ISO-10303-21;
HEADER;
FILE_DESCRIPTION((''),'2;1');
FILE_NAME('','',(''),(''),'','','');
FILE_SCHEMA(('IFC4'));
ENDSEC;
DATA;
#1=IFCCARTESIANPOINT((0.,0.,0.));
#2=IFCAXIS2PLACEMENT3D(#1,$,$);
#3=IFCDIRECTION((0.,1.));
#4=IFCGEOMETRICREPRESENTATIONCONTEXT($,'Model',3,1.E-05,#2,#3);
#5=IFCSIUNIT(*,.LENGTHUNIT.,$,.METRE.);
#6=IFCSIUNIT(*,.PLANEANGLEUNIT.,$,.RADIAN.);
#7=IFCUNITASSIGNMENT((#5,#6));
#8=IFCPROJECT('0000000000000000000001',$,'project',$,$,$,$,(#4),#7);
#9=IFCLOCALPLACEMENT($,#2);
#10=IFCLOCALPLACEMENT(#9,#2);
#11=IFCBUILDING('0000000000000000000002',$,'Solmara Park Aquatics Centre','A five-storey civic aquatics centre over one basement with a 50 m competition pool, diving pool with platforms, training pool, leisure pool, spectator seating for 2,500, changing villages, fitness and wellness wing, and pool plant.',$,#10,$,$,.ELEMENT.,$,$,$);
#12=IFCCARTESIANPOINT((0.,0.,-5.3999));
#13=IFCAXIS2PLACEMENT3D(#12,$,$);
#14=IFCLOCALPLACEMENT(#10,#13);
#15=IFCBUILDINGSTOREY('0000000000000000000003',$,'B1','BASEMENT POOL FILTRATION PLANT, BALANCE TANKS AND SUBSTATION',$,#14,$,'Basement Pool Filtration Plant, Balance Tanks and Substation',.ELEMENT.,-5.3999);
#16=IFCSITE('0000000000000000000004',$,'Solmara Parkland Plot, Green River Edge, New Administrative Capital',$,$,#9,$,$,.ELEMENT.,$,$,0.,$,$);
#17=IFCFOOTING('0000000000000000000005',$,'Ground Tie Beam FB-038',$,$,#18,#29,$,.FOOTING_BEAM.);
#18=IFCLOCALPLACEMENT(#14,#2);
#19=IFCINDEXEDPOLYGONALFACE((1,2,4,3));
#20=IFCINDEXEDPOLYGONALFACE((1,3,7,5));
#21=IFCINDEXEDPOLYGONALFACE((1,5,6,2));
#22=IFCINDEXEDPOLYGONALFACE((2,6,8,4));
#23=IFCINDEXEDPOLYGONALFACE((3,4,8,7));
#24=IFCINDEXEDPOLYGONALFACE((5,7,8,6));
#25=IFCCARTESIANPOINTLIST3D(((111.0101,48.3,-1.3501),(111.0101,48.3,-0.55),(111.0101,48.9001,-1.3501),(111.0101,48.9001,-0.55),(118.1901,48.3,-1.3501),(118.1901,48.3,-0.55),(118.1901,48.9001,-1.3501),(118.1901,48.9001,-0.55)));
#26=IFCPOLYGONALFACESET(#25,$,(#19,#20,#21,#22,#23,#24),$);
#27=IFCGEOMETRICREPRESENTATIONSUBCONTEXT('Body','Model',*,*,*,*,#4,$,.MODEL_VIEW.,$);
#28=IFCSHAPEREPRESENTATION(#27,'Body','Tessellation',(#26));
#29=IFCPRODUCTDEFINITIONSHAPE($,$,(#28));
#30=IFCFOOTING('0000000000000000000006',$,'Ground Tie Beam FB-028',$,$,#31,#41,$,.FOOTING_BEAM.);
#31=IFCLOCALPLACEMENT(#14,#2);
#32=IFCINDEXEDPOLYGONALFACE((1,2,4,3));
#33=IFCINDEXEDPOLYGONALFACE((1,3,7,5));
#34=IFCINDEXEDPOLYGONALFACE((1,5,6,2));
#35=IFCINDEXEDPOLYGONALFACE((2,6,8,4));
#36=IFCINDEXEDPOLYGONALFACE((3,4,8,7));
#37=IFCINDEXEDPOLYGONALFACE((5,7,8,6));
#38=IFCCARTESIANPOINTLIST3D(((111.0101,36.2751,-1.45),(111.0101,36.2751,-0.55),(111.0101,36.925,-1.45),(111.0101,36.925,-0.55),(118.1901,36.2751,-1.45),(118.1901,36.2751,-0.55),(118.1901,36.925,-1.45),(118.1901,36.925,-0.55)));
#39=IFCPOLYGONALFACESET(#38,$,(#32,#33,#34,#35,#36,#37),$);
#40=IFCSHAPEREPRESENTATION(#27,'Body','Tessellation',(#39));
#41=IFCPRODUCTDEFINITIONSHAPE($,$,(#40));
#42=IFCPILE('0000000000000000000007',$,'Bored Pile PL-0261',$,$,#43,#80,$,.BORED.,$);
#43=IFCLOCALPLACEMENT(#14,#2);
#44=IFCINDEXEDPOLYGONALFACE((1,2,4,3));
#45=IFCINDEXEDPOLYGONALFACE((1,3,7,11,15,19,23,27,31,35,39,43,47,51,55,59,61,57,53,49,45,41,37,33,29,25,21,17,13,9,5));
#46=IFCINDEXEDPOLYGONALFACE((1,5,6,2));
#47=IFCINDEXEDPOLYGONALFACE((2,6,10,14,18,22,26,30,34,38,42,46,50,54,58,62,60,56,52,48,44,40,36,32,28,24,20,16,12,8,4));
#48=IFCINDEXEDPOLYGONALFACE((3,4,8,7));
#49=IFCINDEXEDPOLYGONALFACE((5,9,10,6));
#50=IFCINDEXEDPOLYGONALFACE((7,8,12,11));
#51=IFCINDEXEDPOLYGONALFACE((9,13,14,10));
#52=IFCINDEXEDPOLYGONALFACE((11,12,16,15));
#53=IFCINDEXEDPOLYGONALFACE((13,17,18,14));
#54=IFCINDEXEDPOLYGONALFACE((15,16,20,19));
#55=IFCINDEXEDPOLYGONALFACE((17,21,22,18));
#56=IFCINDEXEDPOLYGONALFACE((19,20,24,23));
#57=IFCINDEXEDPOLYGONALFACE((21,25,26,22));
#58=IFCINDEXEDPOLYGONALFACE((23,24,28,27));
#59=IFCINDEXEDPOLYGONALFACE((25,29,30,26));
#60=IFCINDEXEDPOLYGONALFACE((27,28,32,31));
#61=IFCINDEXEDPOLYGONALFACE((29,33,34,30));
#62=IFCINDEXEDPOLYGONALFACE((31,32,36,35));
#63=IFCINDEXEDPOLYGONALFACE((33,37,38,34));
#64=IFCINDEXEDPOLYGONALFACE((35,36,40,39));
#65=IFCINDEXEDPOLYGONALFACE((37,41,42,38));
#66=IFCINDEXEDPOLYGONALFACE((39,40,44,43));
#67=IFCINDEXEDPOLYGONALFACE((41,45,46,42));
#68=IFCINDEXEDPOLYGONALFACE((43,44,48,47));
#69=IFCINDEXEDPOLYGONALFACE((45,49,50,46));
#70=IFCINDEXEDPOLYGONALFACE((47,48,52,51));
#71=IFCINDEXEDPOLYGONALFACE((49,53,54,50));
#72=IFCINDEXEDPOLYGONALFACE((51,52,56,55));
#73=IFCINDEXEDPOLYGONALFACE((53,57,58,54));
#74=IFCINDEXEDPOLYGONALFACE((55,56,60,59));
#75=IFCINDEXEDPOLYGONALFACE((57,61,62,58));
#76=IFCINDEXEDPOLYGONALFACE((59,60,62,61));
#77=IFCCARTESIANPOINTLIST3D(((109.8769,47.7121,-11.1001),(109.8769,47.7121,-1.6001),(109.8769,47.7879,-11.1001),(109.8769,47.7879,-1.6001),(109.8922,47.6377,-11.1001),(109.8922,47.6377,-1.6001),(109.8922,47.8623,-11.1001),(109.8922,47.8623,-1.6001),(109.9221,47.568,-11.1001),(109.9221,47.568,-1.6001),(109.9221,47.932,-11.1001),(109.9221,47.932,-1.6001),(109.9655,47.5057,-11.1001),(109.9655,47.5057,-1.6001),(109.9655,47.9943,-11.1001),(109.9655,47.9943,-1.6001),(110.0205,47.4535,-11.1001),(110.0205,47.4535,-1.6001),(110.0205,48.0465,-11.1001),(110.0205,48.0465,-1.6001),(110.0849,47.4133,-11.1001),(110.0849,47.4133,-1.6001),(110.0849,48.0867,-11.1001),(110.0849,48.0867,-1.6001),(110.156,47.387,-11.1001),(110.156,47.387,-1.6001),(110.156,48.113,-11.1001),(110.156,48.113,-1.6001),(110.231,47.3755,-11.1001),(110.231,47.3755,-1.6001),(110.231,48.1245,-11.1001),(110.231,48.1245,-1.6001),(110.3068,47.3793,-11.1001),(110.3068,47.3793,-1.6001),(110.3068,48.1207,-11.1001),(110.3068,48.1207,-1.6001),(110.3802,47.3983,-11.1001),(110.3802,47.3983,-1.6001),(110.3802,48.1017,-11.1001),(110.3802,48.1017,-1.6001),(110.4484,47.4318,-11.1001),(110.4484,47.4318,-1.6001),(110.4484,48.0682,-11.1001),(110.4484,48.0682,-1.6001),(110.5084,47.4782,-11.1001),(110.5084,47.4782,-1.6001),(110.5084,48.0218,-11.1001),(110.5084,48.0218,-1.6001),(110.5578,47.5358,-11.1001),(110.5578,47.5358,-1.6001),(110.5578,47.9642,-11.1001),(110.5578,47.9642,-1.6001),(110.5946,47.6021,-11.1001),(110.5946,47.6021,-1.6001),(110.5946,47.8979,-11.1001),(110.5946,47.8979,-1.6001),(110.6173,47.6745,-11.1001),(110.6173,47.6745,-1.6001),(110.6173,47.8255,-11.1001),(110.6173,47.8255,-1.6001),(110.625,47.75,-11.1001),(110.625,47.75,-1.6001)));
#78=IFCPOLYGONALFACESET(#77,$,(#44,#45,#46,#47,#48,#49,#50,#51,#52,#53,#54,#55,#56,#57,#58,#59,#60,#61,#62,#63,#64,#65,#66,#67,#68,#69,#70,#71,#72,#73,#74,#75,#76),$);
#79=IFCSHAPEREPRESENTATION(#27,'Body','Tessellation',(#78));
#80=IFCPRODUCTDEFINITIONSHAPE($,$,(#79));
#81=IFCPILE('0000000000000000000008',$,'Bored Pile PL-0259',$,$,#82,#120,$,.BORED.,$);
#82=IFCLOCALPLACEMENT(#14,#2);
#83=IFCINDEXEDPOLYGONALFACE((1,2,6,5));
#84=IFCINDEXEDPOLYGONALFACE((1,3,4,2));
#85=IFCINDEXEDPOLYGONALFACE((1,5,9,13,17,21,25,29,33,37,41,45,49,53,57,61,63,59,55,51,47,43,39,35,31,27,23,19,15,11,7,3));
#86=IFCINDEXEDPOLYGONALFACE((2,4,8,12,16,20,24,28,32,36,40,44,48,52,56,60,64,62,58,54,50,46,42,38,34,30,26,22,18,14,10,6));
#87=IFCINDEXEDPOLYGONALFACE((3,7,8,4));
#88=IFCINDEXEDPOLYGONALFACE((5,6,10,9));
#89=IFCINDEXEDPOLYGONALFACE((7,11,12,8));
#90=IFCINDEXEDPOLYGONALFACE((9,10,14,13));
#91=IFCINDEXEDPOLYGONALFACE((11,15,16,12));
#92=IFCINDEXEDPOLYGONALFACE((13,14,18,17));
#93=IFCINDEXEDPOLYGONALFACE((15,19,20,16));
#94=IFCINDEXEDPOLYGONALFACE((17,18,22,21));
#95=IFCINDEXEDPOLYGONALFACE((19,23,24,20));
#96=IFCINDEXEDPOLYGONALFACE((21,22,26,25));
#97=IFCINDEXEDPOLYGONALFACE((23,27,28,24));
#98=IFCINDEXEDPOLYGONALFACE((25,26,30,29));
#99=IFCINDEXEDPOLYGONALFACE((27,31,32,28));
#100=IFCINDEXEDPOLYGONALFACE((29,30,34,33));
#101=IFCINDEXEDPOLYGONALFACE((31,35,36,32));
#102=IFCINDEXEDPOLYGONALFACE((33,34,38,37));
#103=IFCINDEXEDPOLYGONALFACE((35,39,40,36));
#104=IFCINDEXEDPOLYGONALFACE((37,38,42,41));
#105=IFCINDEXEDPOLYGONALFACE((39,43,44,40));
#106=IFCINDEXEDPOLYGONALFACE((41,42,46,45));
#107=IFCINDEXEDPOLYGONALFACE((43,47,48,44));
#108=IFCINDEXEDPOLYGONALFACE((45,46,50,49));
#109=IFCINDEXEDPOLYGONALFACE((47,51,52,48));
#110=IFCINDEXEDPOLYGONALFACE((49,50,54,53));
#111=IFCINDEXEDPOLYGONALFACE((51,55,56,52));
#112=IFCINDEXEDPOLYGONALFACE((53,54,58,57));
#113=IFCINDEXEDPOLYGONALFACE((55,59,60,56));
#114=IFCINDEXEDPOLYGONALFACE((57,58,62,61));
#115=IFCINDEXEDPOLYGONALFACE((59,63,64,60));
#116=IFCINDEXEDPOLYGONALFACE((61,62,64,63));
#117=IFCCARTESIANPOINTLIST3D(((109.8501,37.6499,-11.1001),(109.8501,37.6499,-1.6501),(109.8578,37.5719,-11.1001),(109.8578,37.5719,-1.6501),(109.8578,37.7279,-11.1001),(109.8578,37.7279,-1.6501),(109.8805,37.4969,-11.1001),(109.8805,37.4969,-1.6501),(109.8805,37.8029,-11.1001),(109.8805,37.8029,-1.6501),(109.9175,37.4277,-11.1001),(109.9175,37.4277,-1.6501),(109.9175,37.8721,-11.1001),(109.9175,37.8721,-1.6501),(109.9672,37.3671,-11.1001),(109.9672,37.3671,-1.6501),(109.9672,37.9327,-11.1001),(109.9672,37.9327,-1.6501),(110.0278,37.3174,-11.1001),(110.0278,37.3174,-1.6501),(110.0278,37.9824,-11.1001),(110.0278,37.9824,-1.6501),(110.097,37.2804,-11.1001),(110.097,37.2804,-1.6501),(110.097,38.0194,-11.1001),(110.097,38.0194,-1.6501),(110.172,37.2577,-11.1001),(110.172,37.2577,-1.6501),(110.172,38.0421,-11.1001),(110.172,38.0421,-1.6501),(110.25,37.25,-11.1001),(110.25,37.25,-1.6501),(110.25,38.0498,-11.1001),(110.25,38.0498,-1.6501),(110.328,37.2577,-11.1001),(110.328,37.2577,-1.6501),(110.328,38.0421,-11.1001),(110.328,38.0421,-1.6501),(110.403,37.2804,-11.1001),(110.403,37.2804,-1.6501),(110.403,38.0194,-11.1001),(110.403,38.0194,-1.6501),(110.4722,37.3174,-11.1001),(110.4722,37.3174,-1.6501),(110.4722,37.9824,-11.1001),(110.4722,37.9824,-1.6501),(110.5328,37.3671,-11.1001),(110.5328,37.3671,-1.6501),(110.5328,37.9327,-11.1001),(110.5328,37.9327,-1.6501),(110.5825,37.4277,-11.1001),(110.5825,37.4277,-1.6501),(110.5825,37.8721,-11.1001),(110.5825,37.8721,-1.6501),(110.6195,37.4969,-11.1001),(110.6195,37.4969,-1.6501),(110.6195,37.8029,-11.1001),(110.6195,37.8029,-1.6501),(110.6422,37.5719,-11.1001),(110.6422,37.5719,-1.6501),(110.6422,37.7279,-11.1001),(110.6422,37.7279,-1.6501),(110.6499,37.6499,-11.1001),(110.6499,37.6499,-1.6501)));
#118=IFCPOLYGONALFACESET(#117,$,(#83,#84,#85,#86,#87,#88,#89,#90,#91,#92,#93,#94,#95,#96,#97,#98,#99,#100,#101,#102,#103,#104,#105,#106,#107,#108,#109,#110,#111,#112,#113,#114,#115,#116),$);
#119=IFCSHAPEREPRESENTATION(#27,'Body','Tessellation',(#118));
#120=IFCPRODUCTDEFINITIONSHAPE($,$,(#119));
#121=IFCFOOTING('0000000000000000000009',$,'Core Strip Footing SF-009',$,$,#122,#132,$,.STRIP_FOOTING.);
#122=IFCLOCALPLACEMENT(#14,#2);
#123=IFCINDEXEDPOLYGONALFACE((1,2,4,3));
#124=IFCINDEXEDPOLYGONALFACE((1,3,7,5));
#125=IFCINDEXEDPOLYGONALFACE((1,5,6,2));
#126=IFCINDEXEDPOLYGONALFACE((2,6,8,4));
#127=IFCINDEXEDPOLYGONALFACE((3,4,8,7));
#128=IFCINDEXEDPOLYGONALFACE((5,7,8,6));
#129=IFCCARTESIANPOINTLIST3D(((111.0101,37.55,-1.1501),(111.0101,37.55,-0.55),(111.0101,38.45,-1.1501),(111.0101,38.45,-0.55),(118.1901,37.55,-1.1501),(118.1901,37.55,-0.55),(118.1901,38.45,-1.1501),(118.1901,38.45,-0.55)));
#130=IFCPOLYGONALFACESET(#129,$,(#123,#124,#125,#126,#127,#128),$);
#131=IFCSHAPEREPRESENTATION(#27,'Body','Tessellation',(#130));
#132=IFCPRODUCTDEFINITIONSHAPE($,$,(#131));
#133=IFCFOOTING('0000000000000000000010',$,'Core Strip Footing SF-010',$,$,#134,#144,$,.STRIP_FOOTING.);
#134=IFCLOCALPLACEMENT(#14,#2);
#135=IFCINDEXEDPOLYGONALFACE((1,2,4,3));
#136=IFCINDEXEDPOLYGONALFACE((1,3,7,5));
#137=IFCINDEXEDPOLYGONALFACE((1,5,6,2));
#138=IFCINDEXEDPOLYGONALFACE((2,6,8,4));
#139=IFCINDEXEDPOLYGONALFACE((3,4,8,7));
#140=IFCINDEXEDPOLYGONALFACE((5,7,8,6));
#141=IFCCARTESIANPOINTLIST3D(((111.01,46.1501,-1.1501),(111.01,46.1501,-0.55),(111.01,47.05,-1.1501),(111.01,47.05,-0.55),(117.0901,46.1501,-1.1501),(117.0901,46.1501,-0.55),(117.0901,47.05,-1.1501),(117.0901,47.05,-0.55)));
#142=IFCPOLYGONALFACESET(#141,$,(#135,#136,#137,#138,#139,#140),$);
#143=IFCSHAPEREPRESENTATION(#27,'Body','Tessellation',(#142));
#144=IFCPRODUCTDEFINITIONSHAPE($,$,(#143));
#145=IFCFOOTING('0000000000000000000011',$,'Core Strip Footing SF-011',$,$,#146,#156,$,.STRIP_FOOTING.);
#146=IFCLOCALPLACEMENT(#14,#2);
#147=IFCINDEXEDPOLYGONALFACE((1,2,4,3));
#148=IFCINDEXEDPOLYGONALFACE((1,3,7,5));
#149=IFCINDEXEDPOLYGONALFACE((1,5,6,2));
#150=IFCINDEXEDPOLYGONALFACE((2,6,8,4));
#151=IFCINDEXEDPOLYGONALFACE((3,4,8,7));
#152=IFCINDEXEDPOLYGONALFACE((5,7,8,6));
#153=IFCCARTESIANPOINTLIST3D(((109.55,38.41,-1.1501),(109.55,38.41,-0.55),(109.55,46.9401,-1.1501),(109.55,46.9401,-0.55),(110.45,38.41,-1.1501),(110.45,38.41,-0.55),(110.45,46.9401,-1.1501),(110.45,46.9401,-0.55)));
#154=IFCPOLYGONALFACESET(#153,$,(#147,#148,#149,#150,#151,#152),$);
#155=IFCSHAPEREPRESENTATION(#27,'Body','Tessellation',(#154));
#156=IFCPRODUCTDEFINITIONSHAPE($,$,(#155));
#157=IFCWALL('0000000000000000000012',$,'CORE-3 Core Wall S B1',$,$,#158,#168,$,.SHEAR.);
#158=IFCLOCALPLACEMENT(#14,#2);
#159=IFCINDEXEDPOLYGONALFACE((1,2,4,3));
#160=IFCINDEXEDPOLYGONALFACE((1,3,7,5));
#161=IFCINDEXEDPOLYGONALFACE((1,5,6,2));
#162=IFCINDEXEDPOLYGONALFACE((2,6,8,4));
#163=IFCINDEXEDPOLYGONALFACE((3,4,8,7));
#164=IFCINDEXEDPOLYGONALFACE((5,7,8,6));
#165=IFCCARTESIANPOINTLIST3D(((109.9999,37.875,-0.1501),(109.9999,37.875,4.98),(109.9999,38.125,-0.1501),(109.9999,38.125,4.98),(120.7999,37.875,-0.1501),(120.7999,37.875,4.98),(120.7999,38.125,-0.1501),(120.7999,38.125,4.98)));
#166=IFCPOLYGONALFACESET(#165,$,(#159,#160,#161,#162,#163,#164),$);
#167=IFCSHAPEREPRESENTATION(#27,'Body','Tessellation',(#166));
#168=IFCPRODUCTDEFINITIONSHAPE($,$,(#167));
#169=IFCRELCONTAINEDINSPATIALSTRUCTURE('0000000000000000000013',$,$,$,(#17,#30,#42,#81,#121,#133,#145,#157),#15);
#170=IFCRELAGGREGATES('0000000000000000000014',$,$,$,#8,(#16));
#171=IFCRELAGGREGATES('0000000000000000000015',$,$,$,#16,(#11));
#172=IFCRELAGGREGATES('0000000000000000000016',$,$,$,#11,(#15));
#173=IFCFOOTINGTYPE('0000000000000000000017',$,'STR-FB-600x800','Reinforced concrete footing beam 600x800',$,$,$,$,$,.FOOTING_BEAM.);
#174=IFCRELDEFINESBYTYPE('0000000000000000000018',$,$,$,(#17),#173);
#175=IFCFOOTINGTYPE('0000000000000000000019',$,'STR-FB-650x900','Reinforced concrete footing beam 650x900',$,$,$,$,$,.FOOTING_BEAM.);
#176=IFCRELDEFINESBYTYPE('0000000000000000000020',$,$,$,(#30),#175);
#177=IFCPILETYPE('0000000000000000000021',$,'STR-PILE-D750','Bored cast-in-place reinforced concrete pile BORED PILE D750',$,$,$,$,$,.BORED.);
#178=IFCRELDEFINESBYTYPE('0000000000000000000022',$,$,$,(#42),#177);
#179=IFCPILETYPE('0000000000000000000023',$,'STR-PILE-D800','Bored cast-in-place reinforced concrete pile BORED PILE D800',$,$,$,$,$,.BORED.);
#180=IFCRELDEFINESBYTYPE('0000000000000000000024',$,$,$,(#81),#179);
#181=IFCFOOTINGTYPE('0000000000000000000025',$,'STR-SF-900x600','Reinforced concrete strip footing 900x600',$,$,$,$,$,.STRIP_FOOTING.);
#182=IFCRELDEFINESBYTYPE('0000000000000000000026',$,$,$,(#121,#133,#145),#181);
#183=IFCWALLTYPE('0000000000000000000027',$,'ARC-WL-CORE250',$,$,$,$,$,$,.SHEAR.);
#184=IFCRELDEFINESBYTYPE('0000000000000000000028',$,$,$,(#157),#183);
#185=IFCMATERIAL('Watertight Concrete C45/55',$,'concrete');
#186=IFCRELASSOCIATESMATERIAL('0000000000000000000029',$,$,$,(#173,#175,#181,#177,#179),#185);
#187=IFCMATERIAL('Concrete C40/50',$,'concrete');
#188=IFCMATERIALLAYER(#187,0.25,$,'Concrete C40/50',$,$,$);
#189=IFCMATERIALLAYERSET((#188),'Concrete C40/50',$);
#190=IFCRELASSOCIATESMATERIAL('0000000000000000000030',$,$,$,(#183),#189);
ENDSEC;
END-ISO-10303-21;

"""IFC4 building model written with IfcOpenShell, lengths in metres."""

from ifc_helpers import new_model, si_unit, direction, frame, frame_2d, origin, origin_2d, place, context, subcontext, project, spatial, rectangle, circle, extrude, material, layer, layer_set, material_profile, profile_set, type_object, element, save


model = new_model("IFC4")

# Units and contexts
model_context = context("Model", 3, precision=1e-05, world=origin(), true_north=direction((0.0, 1.0)))
body_context = subcontext(model_context, "Body", "Model", "MODEL_VIEW")
ifc_project = project(units=[si_unit("LENGTHUNIT", "METRE"), si_unit("PLANEANGLEUNIT", "RADIAN")], contexts=[model_context])

# Site, building, storey
site_placement = place(None, origin())
site = spatial("IfcSite", under=ifc_project, at=site_placement, Name="Solmara Parkland Plot, Green River Edge, New Administrative Capital", CompositionType="ELEMENT", RefElevation=0.0)
building_placement = place(site_placement, origin())
building = spatial("IfcBuilding", under=site, at=building_placement, Name="Solmara Park Aquatics Centre", Description="A five-storey civic aquatics centre over one basement with a 50 m competition pool, diving pool with platforms, training pool, leisure pool, spectator seating for 2,500, changing villages, fitness and wellness wing, and pool plant.", CompositionType="ELEMENT")
storey_placement = place(building_placement, frame((0.0, 0.0, -5.3999)))
storey = spatial("IfcBuildingStorey", under=building, at=storey_placement, Name="B1", Description="BASEMENT POOL FILTRATION PLANT, BALANCE TANKS AND SUBSTATION", LongName="Basement Pool Filtration Plant, Balance Tanks and Substation", CompositionType="ELEMENT", Elevation=-5.3999)

# Footings
ifc_material_1 = material(Name="Watertight Concrete C45/55", Category="concrete")
footing_type_1 = type_object("IfcFootingType", Name="STR-FB-600x800", Description="Reinforced concrete footing beam 600x800", PredefinedType="FOOTING_BEAM", material=ifc_material_1)
footing_1_placement = place(storey_placement, frame((114.6001, 48.6001, -1.3501), z_axis=(0.0, 0.0, 1.0), x_axis=(1.0, 0.0, 0.0)))
element("IfcFooting", 1, at=footing_1_placement, inside=storey, type_object=footing_type_1, Name="Ground Tie Beam FB-038", PredefinedType="FOOTING_BEAM", context=body_context, shape_type="SweptSolid", body=[
    extrude(rectangle(XDim=7.1799, YDim=0.6001, at=origin_2d()), origin(), (0.0, 0.0, 1.0), 0.8),
])
footing_type_2 = type_object("IfcFootingType", Name="STR-FB-650x900", Description="Reinforced concrete footing beam 650x900", PredefinedType="FOOTING_BEAM", material=ifc_material_1)
footing_2_placement = place(storey_placement, frame((114.6001, 36.6001, -1.45), z_axis=(0.0, 0.0, 1.0), x_axis=(1.0, 0.0, 0.0)))
element("IfcFooting", 2, at=footing_2_placement, inside=storey, type_object=footing_type_2, Name="Ground Tie Beam FB-028", PredefinedType="FOOTING_BEAM", context=body_context, shape_type="SweptSolid", body=[
    extrude(rectangle(XDim=7.1799, YDim=0.6499, at=origin_2d()), origin(), (0.0, 0.0, 1.0), 0.8999),
])

# Piles
ifc_material_profile_1 = material_profile(ifc_material_1, circle(Radius=0.375, at=origin_2d()), Name="BORED PILE D750")
ifc_profile_set_1 = profile_set([ifc_material_profile_1], Name="Watertight Concrete C45/55")
pile_type_1 = type_object("IfcPileType", Name="STR-PILE-D750", Description="Bored cast-in-place reinforced concrete pile BORED PILE D750", PredefinedType="BORED", material=ifc_profile_set_1)
pile_1_placement = place(storey_placement, frame((110.25, 47.75, -1.6001), z_axis=(0.0, 0.0, -1.0), x_axis=(1.0, 0.0, 0.0)))
element("IfcPile", 3, at=pile_1_placement, inside=storey, type_object=pile_type_1, Name="Bored Pile PL-0261", PredefinedType="BORED", context=body_context, shape_type="SweptSolid", body=[
    extrude(circle(Radius=0.375, at=origin_2d()), origin(), (0.0, 0.0, 1.0), 9.5),
])
ifc_material_profile_2 = material_profile(ifc_material_1, circle(Radius=0.3999, at=origin_2d()), Name="BORED PILE D800")
ifc_profile_set_2 = profile_set([ifc_material_profile_2], Name="Watertight Concrete C45/55")
pile_type_2 = type_object("IfcPileType", Name="STR-PILE-D800", Description="Bored cast-in-place reinforced concrete pile BORED PILE D800", PredefinedType="BORED", material=ifc_profile_set_2)
pile_2_placement = place(storey_placement, frame((110.25, 37.6499, -1.6501), z_axis=(0.0, 0.0, -1.0), x_axis=(1.0, 0.0, 0.0)))
element("IfcPile", 4, at=pile_2_placement, inside=storey, type_object=pile_type_2, Name="Bored Pile PL-0259", PredefinedType="BORED", context=body_context, shape_type="SweptSolid", body=[
    extrude(circle(Radius=0.3999, at=origin_2d()), origin(), (0.0, 0.0, 1.0), 9.45),
])

# Footings
footing_type_3 = type_object("IfcFootingType", Name="STR-SF-900x600", Description="Reinforced concrete strip footing 900x600", PredefinedType="STRIP_FOOTING", material=ifc_material_1)
footing_3_placement = place(storey_placement, frame((114.6001, 38.0, -1.1501), z_axis=(0.0, 0.0, 1.0), x_axis=(1.0, 0.0, 0.0)))
element("IfcFooting", 5, at=footing_3_placement, inside=storey, type_object=footing_type_3, Name="Core Strip Footing SF-009", PredefinedType="STRIP_FOOTING", context=body_context, shape_type="SweptSolid", body=[
    extrude(rectangle(XDim=7.1799, YDim=0.8999, at=origin_2d()), origin(), (0.0, 0.0, 1.0), 0.6001),
])
footing_4_placement = place(storey_placement, frame((114.05, 46.6001, -1.1501), z_axis=(0.0, 0.0, 1.0), x_axis=(1.0, 0.0, 0.0)))
element("IfcFooting", 6, at=footing_4_placement, inside=storey, type_object=footing_type_3, Name="Core Strip Footing SF-010", PredefinedType="STRIP_FOOTING", context=body_context, shape_type="SweptSolid", body=[
    extrude(rectangle(XDim=6.0801, YDim=0.8999, at=origin_2d()), origin(), (0.0, 0.0, 1.0), 0.6001),
])
footing_5_placement = place(storey_placement, frame((110.0, 42.675, -1.1501), z_axis=(0.0, 0.0, 1.0), x_axis=(1.0, 0.0, 0.0)))
element("IfcFooting", 7, at=footing_5_placement, inside=storey, type_object=footing_type_3, Name="Core Strip Footing SF-011", PredefinedType="STRIP_FOOTING", context=body_context, shape_type="SweptSolid", body=[
    extrude(rectangle(XDim=0.8999, YDim=8.53, at=origin_2d()), origin(), (0.0, 0.0, 1.0), 0.6001),
])

# Wall
ifc_material_2 = material(Name="Concrete C40/50", Category="concrete")
ifc_layer_1 = layer(ifc_material_2, 0.25, Name="Concrete C40/50")
ifc_layer_set_1 = layer_set([ifc_layer_1], Name="Concrete C40/50")
wall_type_1 = type_object("IfcWallType", Name="ARC-WL-CORE250", PredefinedType="SHEAR", material=ifc_layer_set_1)
wall_1_placement = place(storey_placement, frame((110.0, 38.0, -0.1501), z_axis=(0.0, 0.0, 1.0), x_axis=(1.0, 0.0, 0.0)))
element("IfcWall", 8, at=wall_1_placement, inside=storey, type_object=wall_type_1, Name="CORE-3 Core Wall S B1", PredefinedType="SHEAR", context=body_context, shape_type="SweptSolid", body=[
    extrude(rectangle(XDim=10.8, YDim=0.25, at=frame_2d((5.3999, 0.0))), origin(), (0.0, 0.0, 1.0), 5.1301),
])

save(model, "model.ifc")
